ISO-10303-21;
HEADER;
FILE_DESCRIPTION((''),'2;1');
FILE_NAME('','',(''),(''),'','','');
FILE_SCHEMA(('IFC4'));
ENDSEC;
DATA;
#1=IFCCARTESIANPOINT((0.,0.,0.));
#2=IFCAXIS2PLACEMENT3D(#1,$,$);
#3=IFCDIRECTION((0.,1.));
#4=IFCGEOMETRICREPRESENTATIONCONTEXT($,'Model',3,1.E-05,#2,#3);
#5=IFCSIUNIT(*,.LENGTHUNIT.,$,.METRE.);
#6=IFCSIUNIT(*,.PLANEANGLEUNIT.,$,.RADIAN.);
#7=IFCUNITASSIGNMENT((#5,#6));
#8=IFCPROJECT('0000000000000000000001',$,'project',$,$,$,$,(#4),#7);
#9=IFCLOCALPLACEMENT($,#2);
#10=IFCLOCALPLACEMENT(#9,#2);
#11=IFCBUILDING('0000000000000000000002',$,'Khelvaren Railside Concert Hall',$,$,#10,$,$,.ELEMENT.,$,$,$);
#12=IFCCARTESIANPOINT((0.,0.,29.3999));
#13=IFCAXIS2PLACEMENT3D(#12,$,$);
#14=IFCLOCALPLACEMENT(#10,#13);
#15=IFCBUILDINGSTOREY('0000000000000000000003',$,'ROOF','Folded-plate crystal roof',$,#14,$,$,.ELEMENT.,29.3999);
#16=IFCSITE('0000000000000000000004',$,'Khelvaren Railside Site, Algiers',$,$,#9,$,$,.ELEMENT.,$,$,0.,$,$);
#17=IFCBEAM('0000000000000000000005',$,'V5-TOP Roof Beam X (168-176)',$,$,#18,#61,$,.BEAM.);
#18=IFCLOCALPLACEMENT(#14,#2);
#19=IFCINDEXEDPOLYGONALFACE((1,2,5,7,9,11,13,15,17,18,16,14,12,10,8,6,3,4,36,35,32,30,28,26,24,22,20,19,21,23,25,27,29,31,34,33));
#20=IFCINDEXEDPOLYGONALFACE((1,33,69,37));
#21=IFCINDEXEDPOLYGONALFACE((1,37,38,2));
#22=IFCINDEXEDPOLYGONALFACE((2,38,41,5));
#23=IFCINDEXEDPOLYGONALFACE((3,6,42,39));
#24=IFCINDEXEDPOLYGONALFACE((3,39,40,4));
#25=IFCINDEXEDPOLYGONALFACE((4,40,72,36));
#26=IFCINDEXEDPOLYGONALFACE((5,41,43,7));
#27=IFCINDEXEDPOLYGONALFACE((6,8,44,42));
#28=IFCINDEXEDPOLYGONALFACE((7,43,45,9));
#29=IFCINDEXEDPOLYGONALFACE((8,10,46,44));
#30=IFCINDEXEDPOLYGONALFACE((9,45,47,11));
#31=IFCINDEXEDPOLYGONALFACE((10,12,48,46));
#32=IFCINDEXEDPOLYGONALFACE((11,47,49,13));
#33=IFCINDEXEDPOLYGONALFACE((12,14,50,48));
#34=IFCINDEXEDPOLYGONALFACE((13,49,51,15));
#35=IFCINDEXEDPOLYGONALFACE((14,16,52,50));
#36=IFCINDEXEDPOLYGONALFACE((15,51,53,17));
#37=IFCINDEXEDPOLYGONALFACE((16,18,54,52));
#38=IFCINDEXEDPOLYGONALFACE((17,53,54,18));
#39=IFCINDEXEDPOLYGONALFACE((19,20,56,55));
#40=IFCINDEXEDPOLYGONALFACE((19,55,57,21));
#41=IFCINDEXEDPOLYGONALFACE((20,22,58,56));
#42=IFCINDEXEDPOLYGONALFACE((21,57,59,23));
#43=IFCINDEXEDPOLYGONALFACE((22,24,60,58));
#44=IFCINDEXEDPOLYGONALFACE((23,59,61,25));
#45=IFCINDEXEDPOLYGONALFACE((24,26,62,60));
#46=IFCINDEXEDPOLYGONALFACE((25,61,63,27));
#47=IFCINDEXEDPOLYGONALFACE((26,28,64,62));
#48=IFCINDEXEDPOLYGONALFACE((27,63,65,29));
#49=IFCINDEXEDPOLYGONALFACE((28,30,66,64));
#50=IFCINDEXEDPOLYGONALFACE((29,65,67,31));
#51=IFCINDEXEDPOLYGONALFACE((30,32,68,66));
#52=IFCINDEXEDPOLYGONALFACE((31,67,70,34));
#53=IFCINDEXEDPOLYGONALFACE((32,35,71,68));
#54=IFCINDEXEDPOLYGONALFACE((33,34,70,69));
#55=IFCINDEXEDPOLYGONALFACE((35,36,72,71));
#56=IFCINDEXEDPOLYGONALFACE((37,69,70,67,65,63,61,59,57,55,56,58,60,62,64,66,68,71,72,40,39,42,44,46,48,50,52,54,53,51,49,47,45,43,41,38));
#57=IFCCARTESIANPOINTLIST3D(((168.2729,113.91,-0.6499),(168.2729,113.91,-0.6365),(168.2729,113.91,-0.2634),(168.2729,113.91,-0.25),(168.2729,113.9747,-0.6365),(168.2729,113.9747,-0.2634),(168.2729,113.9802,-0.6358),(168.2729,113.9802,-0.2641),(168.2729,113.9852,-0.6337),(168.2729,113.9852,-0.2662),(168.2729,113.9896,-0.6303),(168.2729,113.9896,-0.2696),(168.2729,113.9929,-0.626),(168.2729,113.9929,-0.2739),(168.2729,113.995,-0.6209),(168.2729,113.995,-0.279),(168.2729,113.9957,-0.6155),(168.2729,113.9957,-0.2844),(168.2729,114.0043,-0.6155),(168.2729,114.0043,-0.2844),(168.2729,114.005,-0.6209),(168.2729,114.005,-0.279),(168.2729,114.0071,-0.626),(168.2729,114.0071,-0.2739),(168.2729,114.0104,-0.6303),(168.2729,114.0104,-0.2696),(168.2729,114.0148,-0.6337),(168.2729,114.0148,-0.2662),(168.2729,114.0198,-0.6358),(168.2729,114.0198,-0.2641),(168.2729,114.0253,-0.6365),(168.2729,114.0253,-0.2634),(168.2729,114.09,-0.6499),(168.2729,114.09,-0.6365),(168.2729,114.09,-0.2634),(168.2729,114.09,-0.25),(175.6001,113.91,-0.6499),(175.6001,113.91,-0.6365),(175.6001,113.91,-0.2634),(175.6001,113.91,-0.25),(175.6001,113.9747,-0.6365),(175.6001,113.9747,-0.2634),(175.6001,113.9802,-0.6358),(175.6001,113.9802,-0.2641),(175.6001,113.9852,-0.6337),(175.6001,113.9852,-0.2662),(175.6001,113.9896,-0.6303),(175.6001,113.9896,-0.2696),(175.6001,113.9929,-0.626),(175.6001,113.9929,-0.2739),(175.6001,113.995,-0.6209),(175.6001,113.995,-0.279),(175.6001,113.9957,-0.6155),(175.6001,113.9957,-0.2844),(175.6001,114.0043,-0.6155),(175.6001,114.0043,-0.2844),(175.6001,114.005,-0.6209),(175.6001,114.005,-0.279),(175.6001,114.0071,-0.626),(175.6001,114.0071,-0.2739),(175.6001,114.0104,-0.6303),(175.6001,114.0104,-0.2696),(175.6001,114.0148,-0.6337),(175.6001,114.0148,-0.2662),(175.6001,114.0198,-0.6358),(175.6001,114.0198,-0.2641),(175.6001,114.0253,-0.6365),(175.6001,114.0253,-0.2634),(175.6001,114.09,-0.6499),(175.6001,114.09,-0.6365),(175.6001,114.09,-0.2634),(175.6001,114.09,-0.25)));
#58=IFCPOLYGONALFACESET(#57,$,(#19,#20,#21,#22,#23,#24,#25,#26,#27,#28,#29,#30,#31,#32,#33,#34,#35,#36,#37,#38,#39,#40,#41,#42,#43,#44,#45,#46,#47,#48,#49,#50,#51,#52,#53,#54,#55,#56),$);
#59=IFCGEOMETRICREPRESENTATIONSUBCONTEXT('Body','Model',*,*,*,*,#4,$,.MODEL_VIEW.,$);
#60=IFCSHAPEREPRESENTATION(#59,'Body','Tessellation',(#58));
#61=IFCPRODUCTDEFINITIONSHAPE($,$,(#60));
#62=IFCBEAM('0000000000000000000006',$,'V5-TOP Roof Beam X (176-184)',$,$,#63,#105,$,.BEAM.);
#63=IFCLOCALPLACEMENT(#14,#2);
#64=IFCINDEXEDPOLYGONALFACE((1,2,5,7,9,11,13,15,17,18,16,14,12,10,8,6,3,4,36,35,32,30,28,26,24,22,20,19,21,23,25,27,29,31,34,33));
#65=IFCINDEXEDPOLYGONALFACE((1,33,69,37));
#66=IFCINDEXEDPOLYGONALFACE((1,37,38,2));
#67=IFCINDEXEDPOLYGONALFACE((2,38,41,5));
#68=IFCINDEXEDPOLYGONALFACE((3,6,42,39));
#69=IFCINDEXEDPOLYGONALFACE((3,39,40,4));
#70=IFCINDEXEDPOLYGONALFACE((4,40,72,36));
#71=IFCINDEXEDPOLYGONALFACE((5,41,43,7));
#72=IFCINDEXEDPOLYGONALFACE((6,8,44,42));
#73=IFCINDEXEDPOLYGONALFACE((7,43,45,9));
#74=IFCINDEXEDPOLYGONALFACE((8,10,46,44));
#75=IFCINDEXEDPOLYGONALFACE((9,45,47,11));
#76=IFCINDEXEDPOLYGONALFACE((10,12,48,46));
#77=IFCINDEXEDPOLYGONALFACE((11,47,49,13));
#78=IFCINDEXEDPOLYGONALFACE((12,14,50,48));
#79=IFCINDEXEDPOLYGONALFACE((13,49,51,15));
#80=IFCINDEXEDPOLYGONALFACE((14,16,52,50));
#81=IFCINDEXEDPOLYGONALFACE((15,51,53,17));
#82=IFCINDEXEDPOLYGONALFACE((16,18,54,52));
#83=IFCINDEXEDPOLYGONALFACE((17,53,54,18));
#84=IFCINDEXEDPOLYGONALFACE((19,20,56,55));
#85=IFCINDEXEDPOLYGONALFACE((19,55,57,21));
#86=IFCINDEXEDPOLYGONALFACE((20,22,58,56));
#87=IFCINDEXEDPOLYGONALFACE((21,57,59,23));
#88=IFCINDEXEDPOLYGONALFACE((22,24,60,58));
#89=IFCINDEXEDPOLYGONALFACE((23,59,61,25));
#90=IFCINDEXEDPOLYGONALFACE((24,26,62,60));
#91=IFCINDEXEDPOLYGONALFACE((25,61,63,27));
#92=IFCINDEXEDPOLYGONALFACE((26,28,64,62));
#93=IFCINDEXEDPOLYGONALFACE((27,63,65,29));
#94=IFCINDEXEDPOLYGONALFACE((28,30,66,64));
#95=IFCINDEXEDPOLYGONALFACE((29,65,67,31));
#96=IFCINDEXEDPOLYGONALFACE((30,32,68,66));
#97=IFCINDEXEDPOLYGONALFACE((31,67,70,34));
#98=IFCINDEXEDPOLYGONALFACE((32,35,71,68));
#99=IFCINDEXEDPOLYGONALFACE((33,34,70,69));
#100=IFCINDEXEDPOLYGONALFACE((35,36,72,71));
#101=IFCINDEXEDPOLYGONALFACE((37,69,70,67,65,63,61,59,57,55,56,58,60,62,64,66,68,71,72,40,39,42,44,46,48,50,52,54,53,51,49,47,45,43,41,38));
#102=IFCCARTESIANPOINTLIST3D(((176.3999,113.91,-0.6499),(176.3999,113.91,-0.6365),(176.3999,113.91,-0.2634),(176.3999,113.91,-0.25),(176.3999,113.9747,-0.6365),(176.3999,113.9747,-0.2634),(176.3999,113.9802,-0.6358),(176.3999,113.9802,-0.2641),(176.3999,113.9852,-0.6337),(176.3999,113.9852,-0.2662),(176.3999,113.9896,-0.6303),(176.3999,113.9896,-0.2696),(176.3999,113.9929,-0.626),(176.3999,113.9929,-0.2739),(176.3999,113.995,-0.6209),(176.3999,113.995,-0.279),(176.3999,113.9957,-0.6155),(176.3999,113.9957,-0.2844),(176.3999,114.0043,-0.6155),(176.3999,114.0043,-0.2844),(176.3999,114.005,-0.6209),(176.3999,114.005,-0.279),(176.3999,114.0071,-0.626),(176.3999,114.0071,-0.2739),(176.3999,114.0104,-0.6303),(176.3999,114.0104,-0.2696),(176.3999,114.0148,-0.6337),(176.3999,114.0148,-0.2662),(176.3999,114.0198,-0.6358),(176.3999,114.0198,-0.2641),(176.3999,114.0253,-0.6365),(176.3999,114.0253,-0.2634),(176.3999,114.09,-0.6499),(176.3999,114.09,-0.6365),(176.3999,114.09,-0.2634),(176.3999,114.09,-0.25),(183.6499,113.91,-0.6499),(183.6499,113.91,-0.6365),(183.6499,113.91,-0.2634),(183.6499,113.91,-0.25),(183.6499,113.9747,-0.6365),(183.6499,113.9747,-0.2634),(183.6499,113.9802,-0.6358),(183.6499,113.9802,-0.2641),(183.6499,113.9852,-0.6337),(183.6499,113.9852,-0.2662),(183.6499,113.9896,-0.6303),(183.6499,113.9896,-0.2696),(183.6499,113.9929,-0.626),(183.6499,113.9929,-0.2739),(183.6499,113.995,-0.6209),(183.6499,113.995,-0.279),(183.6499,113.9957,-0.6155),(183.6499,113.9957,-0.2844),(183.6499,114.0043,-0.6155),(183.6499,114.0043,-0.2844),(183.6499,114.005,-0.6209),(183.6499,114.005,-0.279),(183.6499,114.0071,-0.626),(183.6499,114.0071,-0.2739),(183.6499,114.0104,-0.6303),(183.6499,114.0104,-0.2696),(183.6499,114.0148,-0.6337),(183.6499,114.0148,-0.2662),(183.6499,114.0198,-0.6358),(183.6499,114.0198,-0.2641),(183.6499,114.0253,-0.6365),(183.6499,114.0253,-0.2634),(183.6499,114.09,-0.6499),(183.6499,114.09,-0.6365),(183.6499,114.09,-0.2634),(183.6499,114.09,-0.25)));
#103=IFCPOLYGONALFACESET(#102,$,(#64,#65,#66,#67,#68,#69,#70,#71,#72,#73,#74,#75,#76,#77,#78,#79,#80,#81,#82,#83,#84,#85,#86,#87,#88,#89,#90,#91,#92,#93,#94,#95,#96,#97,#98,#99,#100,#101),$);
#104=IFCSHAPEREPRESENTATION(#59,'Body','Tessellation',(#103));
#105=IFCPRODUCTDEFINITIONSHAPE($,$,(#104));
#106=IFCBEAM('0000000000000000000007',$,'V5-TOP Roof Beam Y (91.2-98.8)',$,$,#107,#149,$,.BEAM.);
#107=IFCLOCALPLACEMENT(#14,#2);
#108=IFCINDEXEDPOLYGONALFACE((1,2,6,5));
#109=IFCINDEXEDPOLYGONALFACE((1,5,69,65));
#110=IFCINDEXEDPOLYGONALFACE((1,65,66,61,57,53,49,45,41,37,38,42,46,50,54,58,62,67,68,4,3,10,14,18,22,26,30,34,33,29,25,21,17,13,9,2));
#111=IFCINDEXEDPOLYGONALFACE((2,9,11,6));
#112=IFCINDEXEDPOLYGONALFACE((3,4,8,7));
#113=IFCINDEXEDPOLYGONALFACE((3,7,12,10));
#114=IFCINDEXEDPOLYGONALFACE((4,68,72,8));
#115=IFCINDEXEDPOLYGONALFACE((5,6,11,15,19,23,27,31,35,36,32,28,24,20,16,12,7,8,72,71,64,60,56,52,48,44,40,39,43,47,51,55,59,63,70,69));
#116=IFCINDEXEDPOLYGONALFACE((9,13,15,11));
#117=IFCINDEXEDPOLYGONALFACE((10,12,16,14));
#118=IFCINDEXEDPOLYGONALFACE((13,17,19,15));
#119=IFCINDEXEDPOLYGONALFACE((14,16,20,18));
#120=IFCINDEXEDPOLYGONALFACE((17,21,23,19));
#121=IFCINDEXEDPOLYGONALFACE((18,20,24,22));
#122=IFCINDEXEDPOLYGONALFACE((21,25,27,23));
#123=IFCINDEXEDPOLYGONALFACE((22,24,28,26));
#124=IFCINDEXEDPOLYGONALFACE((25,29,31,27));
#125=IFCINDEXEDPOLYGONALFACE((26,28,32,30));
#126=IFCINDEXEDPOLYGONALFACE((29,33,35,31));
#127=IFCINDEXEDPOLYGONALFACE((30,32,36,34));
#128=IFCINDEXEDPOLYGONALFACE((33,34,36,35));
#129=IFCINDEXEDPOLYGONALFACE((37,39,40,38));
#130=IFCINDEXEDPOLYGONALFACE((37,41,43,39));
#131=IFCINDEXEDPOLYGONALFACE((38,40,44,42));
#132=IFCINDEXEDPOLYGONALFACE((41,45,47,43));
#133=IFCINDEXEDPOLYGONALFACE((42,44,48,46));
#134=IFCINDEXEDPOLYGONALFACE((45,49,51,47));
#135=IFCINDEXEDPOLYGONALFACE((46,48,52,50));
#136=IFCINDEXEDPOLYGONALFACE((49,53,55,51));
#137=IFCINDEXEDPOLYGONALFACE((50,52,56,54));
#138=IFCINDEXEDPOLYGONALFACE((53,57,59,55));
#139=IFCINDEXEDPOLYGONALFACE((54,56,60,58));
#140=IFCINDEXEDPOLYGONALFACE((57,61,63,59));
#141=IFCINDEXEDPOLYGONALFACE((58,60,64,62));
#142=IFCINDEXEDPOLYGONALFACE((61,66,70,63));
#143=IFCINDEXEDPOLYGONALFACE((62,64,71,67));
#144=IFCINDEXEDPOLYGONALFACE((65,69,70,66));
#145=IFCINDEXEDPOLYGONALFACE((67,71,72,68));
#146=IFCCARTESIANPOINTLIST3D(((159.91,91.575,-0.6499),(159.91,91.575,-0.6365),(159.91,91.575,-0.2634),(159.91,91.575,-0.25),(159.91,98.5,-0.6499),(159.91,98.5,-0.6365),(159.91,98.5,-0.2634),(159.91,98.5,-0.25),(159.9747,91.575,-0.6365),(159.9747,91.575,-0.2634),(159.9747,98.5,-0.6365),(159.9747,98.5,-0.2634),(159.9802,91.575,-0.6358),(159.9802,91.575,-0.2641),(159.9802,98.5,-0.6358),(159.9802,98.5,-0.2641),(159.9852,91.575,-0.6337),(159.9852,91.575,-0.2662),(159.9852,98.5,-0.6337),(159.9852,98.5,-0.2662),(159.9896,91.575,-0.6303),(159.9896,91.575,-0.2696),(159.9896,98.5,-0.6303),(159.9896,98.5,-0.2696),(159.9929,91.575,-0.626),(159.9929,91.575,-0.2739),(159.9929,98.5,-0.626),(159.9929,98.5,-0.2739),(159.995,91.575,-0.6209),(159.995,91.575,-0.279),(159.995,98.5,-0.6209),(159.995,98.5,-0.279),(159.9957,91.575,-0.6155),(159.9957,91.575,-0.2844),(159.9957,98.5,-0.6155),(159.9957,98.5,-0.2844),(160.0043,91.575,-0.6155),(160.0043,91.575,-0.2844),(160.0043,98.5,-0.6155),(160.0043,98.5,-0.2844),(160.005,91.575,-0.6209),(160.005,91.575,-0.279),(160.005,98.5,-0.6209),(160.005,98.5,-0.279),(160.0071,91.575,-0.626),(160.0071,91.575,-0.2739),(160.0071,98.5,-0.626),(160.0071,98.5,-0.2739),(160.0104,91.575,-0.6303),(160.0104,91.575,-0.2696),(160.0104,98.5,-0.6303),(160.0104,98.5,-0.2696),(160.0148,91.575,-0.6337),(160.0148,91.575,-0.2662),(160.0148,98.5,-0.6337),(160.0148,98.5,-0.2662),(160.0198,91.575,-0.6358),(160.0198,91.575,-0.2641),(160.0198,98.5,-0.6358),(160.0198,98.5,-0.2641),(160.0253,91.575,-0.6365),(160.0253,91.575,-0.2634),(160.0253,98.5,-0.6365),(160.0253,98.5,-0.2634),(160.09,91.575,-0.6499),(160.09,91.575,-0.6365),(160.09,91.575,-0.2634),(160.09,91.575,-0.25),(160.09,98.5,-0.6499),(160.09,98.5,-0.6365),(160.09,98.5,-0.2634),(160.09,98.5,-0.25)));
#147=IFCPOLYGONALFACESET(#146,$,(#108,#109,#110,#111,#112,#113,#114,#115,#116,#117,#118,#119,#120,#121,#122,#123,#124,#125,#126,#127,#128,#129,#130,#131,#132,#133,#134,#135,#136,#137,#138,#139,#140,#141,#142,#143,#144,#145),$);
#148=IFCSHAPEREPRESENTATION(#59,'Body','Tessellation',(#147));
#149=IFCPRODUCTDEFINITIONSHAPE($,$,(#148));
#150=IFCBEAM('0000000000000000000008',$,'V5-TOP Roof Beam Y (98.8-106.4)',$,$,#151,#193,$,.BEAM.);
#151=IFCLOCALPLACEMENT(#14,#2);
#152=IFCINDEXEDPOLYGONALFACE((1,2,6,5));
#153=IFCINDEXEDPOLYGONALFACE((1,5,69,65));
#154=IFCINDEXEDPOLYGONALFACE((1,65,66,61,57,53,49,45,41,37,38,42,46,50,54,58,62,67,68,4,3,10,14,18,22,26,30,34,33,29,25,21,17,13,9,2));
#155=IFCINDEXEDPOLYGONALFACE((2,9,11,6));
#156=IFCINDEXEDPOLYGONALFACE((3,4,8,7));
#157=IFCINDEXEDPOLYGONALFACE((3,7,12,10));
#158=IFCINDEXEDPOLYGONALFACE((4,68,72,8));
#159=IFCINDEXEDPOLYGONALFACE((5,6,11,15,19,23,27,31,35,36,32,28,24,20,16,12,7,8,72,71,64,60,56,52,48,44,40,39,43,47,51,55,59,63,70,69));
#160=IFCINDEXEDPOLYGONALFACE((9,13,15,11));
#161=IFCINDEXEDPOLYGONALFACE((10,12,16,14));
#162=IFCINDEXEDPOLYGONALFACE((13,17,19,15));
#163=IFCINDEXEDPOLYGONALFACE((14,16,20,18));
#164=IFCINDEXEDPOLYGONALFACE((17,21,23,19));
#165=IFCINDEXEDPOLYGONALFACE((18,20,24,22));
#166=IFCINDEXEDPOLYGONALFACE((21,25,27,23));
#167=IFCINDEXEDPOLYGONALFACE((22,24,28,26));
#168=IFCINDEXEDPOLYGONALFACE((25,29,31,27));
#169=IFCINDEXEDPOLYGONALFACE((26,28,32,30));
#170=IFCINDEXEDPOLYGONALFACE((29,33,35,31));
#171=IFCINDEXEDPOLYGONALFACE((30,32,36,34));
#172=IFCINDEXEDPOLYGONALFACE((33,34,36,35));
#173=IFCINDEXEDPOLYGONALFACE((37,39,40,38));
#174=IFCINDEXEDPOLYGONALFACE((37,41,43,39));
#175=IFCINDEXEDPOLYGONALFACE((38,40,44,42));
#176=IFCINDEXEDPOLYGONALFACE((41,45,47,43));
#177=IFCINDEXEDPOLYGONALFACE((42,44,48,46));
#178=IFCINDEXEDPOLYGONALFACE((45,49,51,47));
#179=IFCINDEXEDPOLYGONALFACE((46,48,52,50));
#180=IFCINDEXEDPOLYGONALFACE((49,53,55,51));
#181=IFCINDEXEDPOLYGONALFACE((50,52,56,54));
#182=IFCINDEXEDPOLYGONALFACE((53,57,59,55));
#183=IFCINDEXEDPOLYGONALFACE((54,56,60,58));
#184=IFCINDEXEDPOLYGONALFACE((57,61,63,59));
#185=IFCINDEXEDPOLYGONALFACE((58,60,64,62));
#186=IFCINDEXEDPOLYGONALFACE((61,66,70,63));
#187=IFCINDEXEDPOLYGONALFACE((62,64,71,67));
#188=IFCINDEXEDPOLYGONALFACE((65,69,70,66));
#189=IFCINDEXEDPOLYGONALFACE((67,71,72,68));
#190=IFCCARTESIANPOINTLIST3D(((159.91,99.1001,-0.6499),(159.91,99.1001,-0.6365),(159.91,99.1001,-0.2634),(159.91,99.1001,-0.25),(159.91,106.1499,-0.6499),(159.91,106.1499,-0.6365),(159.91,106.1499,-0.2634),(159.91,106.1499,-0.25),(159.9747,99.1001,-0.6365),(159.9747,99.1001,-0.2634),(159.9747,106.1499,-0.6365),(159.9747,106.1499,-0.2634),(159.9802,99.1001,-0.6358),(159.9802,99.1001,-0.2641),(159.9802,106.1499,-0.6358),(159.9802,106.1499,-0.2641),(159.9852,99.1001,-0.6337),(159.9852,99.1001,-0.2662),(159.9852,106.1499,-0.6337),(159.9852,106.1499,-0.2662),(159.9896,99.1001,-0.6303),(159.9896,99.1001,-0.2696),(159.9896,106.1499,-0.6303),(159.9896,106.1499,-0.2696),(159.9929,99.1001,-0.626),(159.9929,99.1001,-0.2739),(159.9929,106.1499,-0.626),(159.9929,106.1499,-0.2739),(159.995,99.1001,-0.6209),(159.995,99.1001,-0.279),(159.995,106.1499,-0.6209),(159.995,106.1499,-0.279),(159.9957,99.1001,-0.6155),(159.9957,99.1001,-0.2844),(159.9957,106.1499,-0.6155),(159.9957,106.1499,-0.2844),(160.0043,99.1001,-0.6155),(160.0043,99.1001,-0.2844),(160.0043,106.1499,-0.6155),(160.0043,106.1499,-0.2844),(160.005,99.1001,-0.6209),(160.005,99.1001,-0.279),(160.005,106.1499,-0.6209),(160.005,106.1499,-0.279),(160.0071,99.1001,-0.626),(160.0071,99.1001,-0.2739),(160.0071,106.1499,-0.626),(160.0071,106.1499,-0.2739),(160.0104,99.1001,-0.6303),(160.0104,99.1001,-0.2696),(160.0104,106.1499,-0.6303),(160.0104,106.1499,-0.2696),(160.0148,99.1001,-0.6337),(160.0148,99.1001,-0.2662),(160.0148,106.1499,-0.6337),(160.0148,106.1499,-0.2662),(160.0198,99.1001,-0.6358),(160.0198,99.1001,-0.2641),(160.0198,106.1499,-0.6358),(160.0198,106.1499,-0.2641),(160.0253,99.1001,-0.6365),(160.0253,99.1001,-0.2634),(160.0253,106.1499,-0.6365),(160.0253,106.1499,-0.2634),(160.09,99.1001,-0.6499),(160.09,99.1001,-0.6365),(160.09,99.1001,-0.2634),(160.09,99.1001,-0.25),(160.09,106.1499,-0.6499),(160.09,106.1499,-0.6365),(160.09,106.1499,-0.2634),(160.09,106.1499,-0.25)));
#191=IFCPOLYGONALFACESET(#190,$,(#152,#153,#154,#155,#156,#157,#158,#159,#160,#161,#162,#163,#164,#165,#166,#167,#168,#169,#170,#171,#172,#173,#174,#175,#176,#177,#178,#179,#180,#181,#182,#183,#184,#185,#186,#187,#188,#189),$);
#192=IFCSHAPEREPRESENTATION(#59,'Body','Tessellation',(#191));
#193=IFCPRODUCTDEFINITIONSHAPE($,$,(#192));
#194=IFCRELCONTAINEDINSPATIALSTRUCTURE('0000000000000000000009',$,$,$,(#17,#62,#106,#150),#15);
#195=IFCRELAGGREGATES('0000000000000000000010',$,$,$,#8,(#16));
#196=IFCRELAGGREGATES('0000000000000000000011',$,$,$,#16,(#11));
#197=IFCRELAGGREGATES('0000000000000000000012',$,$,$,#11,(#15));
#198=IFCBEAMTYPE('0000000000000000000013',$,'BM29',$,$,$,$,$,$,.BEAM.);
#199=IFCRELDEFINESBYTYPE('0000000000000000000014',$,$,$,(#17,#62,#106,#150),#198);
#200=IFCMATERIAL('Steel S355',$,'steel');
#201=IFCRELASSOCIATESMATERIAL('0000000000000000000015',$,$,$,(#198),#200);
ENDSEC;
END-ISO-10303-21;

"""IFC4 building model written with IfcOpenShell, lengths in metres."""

from ifc_helpers import new_model, si_unit, direction, frame, origin, origin_2d, place, context, subcontext, project, spatial, i_section, extrude, material, material_profile, profile_set, type_object, element, save


model = new_model("IFC4")

# Units and contexts
model_context = context("Model", 3, precision=1e-05, world=origin(), true_north=direction((0.0, 1.0)))
body_context = subcontext(model_context, "Body", "Model", "MODEL_VIEW")
ifc_project = project(units=[si_unit("LENGTHUNIT", "METRE"), si_unit("PLANEANGLEUNIT", "RADIAN")], contexts=[model_context])

# Site, building, storey
site_placement = place(None, origin())
site = spatial("IfcSite", under=ifc_project, at=site_placement, Name="Khelvaren Railside Site, Algiers", CompositionType="ELEMENT", RefElevation=0.0)
building_placement = place(site_placement, origin())
building = spatial("IfcBuilding", under=site, at=building_placement, Name="Khelvaren Railside Concert Hall", CompositionType="ELEMENT")
storey_placement = place(building_placement, frame((0.0, 0.0, 29.3999)))
storey = spatial("IfcBuildingStorey", under=building, at=storey_placement, Name="ROOF", Description="Folded-plate crystal roof", CompositionType="ELEMENT", Elevation=29.3999)

# Beams
ifc_material_1 = material(Name="Steel S355", Category="steel")
ifc_material_profile = material_profile(ifc_material_1, i_section(OverallWidth=0.1799, OverallDepth=0.3999, WebThickness=0.0085, FlangeThickness=0.0134, FilletRadius=0.021, at=origin_2d()), Name="IPE 400")
ifc_profile_set = profile_set([ifc_material_profile], Name="Steel S355")
beam_type = type_object("IfcBeamType", Name="BM29", PredefinedType="BEAM", material=ifc_profile_set)
beam_1_placement = place(storey_placement, frame((168.2729, 114.0, -0.45), z_axis=(1.0, 0.0, 0.0), x_axis=(0.0, 1.0, 0.0)))
element("IfcBeam", 1, at=beam_1_placement, inside=storey, type_object=beam_type, Name="V5-TOP Roof Beam X (168-176)", PredefinedType="BEAM", context=body_context, shape_type="SweptSolid", body=[
    extrude(i_section(OverallWidth=0.1799, OverallDepth=0.3999, WebThickness=0.0085, FlangeThickness=0.0134, FilletRadius=0.021, at=origin_2d()), origin(), (0.0, 0.0, 1.0), 7.3271),
])
beam_2_placement = place(storey_placement, frame((176.3999, 114.0, -0.45), z_axis=(1.0, 0.0, 0.0), x_axis=(0.0, 1.0, 0.0)))
element("IfcBeam", 2, at=beam_2_placement, inside=storey, type_object=beam_type, Name="V5-TOP Roof Beam X (176-184)", PredefinedType="BEAM", context=body_context, shape_type="SweptSolid", body=[
    extrude(i_section(OverallWidth=0.1799, OverallDepth=0.3999, WebThickness=0.0085, FlangeThickness=0.0134, FilletRadius=0.021, at=origin_2d()), origin(), (0.0, 0.0, 1.0), 7.25),
])
beam_3_placement = place(storey_placement, frame((160.0, 91.575, -0.45), z_axis=(0.0, 1.0, 0.0), x_axis=(-1.0, 0.0, 0.0)))
element("IfcBeam", 3, at=beam_3_placement, inside=storey, type_object=beam_type, Name="V5-TOP Roof Beam Y (91.2-98.8)", PredefinedType="BEAM", context=body_context, shape_type="SweptSolid", body=[
    extrude(i_section(OverallWidth=0.1799, OverallDepth=0.3999, WebThickness=0.0085, FlangeThickness=0.0134, FilletRadius=0.021, at=origin_2d()), origin(), (0.0, 0.0, 1.0), 6.925),
])
beam_4_placement = place(storey_placement, frame((160.0, 99.1001, -0.45), z_axis=(0.0, 1.0, 0.0), x_axis=(-1.0, 0.0, 0.0)))
element("IfcBeam", 4, at=beam_4_placement, inside=storey, type_object=beam_type, Name="V5-TOP Roof Beam Y (98.8-106.4)", PredefinedType="BEAM", context=body_context, shape_type="SweptSolid", body=[
    extrude(i_section(OverallWidth=0.1799, OverallDepth=0.3999, WebThickness=0.0085, FlangeThickness=0.0134, FilletRadius=0.021, at=origin_2d()), origin(), (0.0, 0.0, 1.0), 7.0498),
])

save(model, "model.ifc")
